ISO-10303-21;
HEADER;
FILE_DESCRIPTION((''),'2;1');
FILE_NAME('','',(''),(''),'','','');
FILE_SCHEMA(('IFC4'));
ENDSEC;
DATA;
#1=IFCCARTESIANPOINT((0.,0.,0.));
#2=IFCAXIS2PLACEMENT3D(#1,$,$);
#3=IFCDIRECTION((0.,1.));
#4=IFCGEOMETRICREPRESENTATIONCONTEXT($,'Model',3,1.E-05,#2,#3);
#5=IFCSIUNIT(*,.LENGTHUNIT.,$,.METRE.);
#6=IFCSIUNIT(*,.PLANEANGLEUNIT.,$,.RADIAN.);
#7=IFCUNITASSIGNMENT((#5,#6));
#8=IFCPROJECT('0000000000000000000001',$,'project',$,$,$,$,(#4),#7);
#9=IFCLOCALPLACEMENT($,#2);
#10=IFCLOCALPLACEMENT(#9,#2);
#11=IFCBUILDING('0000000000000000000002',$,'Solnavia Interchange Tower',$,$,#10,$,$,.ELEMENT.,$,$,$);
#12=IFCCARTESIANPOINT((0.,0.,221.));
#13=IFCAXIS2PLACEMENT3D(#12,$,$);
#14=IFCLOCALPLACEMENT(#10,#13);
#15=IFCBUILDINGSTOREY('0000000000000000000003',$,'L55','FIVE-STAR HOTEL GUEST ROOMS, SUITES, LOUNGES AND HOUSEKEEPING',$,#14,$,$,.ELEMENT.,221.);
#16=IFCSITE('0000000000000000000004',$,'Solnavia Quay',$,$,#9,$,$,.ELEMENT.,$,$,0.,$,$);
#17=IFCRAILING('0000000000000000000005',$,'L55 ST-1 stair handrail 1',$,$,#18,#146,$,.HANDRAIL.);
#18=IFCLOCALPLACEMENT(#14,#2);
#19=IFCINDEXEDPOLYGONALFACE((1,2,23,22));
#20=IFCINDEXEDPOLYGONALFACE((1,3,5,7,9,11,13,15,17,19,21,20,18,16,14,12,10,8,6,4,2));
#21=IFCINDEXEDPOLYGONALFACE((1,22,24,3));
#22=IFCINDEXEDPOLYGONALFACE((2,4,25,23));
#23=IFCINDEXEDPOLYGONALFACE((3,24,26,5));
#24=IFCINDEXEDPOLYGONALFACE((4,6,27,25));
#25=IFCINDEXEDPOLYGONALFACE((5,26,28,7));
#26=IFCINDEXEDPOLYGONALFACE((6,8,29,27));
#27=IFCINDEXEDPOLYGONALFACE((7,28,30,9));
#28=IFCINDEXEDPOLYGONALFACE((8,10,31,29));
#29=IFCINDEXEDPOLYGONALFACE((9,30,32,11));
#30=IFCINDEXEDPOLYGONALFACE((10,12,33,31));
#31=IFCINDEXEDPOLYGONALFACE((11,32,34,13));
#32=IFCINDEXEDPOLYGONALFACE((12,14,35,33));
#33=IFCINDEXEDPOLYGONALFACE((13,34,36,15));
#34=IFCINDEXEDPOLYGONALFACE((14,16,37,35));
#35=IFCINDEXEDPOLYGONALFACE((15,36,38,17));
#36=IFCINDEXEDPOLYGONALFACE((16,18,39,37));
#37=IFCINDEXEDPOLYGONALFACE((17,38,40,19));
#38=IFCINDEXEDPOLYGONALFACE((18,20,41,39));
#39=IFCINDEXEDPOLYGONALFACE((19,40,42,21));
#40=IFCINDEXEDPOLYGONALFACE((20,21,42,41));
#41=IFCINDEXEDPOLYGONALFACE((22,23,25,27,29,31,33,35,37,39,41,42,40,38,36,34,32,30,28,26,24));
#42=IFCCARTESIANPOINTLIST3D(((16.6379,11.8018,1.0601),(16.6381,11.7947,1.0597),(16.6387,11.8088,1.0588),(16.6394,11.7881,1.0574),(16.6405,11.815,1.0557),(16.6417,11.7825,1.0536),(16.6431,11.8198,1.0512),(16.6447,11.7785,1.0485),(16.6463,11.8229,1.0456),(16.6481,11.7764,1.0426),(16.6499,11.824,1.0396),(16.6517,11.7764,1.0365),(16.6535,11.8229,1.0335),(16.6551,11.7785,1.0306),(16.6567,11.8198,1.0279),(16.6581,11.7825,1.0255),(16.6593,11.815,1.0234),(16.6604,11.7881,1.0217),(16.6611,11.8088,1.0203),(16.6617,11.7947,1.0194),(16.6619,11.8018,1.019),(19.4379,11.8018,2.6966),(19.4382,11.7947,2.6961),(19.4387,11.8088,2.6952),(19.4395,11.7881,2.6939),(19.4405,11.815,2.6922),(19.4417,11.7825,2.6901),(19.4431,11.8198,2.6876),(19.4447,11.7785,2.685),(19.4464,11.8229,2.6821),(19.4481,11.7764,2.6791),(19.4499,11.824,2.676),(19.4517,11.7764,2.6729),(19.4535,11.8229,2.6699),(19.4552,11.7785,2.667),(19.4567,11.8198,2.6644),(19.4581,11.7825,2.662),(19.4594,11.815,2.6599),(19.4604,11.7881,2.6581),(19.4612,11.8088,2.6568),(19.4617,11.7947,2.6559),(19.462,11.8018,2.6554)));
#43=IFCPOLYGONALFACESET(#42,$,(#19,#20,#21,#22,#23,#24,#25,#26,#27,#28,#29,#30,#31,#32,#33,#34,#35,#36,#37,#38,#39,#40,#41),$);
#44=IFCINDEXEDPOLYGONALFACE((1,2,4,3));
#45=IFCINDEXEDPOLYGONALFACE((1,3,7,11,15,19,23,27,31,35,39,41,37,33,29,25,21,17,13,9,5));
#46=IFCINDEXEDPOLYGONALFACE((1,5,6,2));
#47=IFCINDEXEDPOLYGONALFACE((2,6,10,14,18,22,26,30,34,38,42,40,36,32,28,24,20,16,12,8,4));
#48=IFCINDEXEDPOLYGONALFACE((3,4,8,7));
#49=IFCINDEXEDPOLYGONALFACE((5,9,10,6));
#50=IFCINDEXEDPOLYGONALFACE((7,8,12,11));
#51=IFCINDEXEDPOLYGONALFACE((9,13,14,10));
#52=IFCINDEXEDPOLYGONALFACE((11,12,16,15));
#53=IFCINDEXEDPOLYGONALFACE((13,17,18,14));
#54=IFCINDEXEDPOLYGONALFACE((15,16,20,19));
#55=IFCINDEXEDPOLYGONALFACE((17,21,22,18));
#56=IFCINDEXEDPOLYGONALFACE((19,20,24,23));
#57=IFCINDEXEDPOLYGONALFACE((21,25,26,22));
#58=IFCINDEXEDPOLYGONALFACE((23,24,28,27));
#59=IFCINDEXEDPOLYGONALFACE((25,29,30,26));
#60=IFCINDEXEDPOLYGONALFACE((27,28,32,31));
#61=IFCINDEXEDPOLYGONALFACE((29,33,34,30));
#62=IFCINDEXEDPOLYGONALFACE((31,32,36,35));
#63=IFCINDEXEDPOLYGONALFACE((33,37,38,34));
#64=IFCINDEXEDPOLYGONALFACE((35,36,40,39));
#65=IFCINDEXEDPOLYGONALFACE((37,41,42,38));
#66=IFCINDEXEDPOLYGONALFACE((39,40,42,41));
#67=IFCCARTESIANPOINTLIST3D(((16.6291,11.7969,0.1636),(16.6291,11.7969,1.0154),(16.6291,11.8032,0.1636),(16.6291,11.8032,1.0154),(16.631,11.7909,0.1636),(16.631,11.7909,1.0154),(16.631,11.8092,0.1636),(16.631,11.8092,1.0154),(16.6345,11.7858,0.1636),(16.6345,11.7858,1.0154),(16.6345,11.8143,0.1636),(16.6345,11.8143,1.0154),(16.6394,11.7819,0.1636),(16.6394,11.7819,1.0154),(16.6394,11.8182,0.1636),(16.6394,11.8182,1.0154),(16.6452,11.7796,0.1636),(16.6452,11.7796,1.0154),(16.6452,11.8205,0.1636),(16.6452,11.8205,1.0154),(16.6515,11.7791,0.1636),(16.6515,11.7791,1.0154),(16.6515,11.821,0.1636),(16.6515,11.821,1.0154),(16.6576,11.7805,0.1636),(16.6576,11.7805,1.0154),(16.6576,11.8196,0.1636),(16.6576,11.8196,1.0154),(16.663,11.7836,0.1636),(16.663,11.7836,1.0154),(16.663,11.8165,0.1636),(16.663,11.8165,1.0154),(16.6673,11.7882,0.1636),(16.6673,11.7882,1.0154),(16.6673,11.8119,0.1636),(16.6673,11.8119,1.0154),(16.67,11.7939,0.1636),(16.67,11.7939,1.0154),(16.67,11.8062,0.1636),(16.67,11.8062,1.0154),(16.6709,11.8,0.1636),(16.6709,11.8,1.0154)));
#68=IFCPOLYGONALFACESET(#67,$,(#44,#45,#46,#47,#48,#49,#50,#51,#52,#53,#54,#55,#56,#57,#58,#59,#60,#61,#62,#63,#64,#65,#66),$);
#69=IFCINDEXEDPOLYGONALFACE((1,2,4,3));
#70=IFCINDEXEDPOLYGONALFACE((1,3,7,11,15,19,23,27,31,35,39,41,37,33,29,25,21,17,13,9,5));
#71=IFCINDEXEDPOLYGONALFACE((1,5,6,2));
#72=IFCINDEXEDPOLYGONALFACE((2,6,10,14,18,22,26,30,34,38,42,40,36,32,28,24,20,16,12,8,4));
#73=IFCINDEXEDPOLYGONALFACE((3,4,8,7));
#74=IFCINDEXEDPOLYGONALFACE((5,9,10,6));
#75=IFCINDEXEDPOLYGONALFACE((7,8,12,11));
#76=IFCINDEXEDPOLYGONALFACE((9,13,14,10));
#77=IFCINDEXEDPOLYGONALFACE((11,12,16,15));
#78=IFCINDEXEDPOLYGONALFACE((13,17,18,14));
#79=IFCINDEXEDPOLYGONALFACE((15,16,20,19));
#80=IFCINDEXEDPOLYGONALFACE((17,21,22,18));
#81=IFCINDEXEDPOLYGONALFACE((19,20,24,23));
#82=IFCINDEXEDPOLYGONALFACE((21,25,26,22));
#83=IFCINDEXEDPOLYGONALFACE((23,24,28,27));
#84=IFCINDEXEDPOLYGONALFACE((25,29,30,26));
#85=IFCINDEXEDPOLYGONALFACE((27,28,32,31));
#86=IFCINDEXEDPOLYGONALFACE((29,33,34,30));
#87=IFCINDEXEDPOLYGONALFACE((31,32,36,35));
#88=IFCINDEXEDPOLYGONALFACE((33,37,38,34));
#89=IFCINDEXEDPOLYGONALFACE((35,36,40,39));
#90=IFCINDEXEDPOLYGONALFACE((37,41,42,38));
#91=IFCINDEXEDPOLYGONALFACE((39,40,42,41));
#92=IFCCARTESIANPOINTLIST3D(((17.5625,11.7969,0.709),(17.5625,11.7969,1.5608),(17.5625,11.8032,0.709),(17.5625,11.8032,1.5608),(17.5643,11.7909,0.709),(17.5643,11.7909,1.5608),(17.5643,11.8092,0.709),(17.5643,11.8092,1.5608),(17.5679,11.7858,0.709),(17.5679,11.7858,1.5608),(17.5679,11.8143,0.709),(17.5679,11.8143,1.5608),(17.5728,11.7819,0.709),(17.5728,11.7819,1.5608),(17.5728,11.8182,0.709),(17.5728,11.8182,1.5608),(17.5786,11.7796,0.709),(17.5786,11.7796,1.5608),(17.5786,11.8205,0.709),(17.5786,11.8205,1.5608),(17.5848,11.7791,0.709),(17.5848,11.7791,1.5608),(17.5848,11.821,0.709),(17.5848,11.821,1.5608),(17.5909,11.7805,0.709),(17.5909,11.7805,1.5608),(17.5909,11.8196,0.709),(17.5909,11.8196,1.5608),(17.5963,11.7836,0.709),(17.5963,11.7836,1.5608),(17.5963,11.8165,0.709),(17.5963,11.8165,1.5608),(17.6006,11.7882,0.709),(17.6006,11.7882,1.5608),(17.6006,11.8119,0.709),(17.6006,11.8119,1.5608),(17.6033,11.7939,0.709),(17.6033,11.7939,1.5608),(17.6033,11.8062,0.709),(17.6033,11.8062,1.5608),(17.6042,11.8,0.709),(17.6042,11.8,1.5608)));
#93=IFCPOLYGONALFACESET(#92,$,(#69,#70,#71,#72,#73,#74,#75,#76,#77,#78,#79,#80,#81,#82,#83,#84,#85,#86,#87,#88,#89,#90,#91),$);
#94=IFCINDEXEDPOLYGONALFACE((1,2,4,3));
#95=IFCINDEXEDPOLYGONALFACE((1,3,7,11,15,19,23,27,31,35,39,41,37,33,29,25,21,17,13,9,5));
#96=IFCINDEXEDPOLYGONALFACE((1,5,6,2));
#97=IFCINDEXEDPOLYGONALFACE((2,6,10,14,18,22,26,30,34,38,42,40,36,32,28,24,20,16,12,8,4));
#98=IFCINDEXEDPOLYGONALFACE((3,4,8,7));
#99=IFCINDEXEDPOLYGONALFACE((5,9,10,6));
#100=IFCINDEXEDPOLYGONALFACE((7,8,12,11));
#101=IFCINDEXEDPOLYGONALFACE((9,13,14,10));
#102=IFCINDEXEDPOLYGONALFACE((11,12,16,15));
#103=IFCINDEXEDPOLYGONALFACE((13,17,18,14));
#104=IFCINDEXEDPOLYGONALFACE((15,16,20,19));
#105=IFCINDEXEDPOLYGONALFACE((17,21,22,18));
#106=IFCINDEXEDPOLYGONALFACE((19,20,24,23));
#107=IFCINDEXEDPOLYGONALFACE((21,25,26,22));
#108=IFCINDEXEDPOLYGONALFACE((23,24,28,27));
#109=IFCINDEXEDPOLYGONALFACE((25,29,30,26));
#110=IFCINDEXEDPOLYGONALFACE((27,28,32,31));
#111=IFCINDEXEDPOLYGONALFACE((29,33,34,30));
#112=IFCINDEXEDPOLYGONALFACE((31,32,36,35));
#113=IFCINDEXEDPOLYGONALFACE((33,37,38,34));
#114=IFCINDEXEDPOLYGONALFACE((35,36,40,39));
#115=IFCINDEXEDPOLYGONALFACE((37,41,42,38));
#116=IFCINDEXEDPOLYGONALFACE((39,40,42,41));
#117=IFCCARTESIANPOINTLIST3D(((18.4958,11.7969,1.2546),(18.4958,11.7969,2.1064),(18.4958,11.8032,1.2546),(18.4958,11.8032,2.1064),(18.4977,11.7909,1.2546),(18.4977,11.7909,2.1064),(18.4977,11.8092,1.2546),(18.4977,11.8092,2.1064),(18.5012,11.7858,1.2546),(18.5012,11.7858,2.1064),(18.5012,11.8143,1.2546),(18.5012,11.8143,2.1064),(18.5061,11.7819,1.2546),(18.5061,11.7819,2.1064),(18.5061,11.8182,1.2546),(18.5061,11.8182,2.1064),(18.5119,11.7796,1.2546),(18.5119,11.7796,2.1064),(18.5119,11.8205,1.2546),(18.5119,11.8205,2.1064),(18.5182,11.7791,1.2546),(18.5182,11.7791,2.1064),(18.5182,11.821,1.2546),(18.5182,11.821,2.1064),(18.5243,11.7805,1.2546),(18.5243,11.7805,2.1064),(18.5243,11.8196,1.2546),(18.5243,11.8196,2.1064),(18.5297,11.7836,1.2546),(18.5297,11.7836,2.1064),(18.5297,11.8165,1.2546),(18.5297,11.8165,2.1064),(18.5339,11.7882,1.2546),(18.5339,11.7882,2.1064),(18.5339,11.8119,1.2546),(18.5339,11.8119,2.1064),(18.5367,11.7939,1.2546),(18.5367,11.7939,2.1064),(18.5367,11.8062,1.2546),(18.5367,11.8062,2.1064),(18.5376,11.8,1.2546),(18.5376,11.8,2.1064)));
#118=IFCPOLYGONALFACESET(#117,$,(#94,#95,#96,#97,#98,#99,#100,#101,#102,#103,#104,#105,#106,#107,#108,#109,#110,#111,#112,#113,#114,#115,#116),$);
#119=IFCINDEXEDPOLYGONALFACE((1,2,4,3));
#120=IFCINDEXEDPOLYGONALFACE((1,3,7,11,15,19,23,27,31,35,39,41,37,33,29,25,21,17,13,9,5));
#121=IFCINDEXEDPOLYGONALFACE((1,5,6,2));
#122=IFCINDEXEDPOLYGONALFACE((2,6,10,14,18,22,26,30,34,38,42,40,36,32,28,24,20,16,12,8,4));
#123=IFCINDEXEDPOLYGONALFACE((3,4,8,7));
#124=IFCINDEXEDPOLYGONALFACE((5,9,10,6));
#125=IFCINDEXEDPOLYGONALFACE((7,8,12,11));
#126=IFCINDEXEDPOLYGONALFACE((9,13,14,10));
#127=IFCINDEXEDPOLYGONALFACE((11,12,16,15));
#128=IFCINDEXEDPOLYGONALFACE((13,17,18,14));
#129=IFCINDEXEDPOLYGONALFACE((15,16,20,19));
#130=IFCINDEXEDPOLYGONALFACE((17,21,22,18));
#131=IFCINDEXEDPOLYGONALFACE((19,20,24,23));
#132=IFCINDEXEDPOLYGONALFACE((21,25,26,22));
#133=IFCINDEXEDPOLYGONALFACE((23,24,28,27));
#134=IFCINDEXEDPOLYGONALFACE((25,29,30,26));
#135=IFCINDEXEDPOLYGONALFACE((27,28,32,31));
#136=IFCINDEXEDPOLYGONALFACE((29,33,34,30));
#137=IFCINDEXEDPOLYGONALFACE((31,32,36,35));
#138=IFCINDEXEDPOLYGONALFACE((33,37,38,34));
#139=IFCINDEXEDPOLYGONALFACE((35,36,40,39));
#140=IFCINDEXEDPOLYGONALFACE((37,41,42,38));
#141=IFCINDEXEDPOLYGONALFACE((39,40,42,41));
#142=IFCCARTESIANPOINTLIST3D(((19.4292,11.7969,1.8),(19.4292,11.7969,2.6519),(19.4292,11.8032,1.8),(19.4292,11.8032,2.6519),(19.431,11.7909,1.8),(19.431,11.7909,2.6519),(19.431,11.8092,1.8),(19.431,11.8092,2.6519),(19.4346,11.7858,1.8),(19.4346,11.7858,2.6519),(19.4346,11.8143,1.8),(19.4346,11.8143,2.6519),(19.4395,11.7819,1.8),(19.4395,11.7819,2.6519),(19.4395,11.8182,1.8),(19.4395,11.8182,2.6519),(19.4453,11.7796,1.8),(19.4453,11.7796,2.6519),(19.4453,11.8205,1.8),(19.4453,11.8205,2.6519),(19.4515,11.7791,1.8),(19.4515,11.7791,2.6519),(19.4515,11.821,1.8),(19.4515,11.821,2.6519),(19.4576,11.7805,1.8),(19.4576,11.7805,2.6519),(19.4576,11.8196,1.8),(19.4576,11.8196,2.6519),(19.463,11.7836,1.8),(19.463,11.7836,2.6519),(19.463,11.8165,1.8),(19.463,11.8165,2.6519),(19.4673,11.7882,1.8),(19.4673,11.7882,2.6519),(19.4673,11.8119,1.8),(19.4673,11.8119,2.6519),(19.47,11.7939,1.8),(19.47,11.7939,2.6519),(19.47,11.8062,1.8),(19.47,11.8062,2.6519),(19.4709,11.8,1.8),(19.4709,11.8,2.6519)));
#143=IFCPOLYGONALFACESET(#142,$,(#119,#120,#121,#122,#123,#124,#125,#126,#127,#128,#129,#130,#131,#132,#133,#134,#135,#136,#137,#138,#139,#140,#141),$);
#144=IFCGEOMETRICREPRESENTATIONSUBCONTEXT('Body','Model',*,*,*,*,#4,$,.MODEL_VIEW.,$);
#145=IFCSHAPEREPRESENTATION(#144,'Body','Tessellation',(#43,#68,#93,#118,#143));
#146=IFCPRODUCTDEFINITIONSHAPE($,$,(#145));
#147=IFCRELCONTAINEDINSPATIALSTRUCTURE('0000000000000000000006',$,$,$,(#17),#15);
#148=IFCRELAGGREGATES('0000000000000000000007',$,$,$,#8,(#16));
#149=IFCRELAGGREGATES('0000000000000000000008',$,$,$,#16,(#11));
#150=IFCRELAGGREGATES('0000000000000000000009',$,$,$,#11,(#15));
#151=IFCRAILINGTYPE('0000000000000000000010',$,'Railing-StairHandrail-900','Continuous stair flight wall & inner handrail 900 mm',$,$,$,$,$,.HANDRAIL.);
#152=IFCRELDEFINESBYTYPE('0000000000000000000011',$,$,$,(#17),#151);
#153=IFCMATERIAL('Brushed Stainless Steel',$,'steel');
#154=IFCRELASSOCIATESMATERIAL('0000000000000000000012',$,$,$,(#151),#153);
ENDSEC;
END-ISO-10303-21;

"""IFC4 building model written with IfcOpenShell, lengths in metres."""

from ifc_helpers import new_model, si_unit, direction, frame, origin, origin_2d, place, context, subcontext, project, spatial, circle, extrude, material, type_object, element, save


model = new_model("IFC4")

# Units and contexts
model_context = context("Model", 3, precision=1e-05, world=origin(), true_north=direction((0.0, 1.0)))
body_context = subcontext(model_context, "Body", "Model", "MODEL_VIEW")
ifc_project = project(units=[si_unit("LENGTHUNIT", "METRE"), si_unit("PLANEANGLEUNIT", "RADIAN")], contexts=[model_context])

# Site, building, storey
site_placement = place(None, origin())
site = spatial("IfcSite", under=ifc_project, at=site_placement, Name="Solnavia Quay", CompositionType="ELEMENT", RefElevation=0.0)
building_placement = place(site_placement, origin())
building = spatial("IfcBuilding", under=site, at=building_placement, Name="Solnavia Interchange Tower", CompositionType="ELEMENT")
storey_placement = place(building_placement, frame((0.0, 0.0, 221.0)))
storey = spatial("IfcBuildingStorey", under=building, at=storey_placement, Name="L55", Description="FIVE-STAR HOTEL GUEST ROOMS, SUITES, LOUNGES AND HOUSEKEEPING", CompositionType="ELEMENT", Elevation=221.0)

# Railing
ifc_material_1 = material(Name="Brushed Stainless Steel", Category="steel")
railing_type_1 = type_object("IfcRailingType", Name="Railing-StairHandrail-900", Description="Continuous stair flight wall & inner handrail 900 mm", PredefinedType="HANDRAIL", material=ifc_material_1)
railing_1_placement = place(storey_placement, frame((16.6499, 11.8, 0.1636)))
element("IfcRailing", 1, at=railing_1_placement, inside=storey, type_object=railing_type_1, Name="L55 ST-1 stair handrail 1", PredefinedType="HANDRAIL", context=body_context, shape_type="SweptSolid", body=[
    extrude(circle(Radius=0.0239, at=origin_2d()), frame((0.0, 0.0, 0.876), z_axis=(0.863361, 0.0, 0.504587), x_axis=(0.0, 1.0, 0.0)), (0.0, 0.0, 1.0), 3.2432),
    extrude(circle(Radius=0.021, at=origin_2d()), origin(), (0.0, 0.0, 1.0), 0.8518),
    extrude(circle(Radius=0.021, at=origin_2d()), frame((0.9333, 0.0, 0.5454)), (0.0, 0.0, 1.0), 0.8518),
    extrude(circle(Radius=0.021, at=origin_2d()), frame((1.8667, 0.0, 1.0911)), (0.0, 0.0, 1.0), 0.8518),
    extrude(circle(Radius=0.021, at=origin_2d()), frame((2.8, 0.0, 1.6365)), (0.0, 0.0, 1.0), 0.8518),
])

save(model, "model.ifc")
